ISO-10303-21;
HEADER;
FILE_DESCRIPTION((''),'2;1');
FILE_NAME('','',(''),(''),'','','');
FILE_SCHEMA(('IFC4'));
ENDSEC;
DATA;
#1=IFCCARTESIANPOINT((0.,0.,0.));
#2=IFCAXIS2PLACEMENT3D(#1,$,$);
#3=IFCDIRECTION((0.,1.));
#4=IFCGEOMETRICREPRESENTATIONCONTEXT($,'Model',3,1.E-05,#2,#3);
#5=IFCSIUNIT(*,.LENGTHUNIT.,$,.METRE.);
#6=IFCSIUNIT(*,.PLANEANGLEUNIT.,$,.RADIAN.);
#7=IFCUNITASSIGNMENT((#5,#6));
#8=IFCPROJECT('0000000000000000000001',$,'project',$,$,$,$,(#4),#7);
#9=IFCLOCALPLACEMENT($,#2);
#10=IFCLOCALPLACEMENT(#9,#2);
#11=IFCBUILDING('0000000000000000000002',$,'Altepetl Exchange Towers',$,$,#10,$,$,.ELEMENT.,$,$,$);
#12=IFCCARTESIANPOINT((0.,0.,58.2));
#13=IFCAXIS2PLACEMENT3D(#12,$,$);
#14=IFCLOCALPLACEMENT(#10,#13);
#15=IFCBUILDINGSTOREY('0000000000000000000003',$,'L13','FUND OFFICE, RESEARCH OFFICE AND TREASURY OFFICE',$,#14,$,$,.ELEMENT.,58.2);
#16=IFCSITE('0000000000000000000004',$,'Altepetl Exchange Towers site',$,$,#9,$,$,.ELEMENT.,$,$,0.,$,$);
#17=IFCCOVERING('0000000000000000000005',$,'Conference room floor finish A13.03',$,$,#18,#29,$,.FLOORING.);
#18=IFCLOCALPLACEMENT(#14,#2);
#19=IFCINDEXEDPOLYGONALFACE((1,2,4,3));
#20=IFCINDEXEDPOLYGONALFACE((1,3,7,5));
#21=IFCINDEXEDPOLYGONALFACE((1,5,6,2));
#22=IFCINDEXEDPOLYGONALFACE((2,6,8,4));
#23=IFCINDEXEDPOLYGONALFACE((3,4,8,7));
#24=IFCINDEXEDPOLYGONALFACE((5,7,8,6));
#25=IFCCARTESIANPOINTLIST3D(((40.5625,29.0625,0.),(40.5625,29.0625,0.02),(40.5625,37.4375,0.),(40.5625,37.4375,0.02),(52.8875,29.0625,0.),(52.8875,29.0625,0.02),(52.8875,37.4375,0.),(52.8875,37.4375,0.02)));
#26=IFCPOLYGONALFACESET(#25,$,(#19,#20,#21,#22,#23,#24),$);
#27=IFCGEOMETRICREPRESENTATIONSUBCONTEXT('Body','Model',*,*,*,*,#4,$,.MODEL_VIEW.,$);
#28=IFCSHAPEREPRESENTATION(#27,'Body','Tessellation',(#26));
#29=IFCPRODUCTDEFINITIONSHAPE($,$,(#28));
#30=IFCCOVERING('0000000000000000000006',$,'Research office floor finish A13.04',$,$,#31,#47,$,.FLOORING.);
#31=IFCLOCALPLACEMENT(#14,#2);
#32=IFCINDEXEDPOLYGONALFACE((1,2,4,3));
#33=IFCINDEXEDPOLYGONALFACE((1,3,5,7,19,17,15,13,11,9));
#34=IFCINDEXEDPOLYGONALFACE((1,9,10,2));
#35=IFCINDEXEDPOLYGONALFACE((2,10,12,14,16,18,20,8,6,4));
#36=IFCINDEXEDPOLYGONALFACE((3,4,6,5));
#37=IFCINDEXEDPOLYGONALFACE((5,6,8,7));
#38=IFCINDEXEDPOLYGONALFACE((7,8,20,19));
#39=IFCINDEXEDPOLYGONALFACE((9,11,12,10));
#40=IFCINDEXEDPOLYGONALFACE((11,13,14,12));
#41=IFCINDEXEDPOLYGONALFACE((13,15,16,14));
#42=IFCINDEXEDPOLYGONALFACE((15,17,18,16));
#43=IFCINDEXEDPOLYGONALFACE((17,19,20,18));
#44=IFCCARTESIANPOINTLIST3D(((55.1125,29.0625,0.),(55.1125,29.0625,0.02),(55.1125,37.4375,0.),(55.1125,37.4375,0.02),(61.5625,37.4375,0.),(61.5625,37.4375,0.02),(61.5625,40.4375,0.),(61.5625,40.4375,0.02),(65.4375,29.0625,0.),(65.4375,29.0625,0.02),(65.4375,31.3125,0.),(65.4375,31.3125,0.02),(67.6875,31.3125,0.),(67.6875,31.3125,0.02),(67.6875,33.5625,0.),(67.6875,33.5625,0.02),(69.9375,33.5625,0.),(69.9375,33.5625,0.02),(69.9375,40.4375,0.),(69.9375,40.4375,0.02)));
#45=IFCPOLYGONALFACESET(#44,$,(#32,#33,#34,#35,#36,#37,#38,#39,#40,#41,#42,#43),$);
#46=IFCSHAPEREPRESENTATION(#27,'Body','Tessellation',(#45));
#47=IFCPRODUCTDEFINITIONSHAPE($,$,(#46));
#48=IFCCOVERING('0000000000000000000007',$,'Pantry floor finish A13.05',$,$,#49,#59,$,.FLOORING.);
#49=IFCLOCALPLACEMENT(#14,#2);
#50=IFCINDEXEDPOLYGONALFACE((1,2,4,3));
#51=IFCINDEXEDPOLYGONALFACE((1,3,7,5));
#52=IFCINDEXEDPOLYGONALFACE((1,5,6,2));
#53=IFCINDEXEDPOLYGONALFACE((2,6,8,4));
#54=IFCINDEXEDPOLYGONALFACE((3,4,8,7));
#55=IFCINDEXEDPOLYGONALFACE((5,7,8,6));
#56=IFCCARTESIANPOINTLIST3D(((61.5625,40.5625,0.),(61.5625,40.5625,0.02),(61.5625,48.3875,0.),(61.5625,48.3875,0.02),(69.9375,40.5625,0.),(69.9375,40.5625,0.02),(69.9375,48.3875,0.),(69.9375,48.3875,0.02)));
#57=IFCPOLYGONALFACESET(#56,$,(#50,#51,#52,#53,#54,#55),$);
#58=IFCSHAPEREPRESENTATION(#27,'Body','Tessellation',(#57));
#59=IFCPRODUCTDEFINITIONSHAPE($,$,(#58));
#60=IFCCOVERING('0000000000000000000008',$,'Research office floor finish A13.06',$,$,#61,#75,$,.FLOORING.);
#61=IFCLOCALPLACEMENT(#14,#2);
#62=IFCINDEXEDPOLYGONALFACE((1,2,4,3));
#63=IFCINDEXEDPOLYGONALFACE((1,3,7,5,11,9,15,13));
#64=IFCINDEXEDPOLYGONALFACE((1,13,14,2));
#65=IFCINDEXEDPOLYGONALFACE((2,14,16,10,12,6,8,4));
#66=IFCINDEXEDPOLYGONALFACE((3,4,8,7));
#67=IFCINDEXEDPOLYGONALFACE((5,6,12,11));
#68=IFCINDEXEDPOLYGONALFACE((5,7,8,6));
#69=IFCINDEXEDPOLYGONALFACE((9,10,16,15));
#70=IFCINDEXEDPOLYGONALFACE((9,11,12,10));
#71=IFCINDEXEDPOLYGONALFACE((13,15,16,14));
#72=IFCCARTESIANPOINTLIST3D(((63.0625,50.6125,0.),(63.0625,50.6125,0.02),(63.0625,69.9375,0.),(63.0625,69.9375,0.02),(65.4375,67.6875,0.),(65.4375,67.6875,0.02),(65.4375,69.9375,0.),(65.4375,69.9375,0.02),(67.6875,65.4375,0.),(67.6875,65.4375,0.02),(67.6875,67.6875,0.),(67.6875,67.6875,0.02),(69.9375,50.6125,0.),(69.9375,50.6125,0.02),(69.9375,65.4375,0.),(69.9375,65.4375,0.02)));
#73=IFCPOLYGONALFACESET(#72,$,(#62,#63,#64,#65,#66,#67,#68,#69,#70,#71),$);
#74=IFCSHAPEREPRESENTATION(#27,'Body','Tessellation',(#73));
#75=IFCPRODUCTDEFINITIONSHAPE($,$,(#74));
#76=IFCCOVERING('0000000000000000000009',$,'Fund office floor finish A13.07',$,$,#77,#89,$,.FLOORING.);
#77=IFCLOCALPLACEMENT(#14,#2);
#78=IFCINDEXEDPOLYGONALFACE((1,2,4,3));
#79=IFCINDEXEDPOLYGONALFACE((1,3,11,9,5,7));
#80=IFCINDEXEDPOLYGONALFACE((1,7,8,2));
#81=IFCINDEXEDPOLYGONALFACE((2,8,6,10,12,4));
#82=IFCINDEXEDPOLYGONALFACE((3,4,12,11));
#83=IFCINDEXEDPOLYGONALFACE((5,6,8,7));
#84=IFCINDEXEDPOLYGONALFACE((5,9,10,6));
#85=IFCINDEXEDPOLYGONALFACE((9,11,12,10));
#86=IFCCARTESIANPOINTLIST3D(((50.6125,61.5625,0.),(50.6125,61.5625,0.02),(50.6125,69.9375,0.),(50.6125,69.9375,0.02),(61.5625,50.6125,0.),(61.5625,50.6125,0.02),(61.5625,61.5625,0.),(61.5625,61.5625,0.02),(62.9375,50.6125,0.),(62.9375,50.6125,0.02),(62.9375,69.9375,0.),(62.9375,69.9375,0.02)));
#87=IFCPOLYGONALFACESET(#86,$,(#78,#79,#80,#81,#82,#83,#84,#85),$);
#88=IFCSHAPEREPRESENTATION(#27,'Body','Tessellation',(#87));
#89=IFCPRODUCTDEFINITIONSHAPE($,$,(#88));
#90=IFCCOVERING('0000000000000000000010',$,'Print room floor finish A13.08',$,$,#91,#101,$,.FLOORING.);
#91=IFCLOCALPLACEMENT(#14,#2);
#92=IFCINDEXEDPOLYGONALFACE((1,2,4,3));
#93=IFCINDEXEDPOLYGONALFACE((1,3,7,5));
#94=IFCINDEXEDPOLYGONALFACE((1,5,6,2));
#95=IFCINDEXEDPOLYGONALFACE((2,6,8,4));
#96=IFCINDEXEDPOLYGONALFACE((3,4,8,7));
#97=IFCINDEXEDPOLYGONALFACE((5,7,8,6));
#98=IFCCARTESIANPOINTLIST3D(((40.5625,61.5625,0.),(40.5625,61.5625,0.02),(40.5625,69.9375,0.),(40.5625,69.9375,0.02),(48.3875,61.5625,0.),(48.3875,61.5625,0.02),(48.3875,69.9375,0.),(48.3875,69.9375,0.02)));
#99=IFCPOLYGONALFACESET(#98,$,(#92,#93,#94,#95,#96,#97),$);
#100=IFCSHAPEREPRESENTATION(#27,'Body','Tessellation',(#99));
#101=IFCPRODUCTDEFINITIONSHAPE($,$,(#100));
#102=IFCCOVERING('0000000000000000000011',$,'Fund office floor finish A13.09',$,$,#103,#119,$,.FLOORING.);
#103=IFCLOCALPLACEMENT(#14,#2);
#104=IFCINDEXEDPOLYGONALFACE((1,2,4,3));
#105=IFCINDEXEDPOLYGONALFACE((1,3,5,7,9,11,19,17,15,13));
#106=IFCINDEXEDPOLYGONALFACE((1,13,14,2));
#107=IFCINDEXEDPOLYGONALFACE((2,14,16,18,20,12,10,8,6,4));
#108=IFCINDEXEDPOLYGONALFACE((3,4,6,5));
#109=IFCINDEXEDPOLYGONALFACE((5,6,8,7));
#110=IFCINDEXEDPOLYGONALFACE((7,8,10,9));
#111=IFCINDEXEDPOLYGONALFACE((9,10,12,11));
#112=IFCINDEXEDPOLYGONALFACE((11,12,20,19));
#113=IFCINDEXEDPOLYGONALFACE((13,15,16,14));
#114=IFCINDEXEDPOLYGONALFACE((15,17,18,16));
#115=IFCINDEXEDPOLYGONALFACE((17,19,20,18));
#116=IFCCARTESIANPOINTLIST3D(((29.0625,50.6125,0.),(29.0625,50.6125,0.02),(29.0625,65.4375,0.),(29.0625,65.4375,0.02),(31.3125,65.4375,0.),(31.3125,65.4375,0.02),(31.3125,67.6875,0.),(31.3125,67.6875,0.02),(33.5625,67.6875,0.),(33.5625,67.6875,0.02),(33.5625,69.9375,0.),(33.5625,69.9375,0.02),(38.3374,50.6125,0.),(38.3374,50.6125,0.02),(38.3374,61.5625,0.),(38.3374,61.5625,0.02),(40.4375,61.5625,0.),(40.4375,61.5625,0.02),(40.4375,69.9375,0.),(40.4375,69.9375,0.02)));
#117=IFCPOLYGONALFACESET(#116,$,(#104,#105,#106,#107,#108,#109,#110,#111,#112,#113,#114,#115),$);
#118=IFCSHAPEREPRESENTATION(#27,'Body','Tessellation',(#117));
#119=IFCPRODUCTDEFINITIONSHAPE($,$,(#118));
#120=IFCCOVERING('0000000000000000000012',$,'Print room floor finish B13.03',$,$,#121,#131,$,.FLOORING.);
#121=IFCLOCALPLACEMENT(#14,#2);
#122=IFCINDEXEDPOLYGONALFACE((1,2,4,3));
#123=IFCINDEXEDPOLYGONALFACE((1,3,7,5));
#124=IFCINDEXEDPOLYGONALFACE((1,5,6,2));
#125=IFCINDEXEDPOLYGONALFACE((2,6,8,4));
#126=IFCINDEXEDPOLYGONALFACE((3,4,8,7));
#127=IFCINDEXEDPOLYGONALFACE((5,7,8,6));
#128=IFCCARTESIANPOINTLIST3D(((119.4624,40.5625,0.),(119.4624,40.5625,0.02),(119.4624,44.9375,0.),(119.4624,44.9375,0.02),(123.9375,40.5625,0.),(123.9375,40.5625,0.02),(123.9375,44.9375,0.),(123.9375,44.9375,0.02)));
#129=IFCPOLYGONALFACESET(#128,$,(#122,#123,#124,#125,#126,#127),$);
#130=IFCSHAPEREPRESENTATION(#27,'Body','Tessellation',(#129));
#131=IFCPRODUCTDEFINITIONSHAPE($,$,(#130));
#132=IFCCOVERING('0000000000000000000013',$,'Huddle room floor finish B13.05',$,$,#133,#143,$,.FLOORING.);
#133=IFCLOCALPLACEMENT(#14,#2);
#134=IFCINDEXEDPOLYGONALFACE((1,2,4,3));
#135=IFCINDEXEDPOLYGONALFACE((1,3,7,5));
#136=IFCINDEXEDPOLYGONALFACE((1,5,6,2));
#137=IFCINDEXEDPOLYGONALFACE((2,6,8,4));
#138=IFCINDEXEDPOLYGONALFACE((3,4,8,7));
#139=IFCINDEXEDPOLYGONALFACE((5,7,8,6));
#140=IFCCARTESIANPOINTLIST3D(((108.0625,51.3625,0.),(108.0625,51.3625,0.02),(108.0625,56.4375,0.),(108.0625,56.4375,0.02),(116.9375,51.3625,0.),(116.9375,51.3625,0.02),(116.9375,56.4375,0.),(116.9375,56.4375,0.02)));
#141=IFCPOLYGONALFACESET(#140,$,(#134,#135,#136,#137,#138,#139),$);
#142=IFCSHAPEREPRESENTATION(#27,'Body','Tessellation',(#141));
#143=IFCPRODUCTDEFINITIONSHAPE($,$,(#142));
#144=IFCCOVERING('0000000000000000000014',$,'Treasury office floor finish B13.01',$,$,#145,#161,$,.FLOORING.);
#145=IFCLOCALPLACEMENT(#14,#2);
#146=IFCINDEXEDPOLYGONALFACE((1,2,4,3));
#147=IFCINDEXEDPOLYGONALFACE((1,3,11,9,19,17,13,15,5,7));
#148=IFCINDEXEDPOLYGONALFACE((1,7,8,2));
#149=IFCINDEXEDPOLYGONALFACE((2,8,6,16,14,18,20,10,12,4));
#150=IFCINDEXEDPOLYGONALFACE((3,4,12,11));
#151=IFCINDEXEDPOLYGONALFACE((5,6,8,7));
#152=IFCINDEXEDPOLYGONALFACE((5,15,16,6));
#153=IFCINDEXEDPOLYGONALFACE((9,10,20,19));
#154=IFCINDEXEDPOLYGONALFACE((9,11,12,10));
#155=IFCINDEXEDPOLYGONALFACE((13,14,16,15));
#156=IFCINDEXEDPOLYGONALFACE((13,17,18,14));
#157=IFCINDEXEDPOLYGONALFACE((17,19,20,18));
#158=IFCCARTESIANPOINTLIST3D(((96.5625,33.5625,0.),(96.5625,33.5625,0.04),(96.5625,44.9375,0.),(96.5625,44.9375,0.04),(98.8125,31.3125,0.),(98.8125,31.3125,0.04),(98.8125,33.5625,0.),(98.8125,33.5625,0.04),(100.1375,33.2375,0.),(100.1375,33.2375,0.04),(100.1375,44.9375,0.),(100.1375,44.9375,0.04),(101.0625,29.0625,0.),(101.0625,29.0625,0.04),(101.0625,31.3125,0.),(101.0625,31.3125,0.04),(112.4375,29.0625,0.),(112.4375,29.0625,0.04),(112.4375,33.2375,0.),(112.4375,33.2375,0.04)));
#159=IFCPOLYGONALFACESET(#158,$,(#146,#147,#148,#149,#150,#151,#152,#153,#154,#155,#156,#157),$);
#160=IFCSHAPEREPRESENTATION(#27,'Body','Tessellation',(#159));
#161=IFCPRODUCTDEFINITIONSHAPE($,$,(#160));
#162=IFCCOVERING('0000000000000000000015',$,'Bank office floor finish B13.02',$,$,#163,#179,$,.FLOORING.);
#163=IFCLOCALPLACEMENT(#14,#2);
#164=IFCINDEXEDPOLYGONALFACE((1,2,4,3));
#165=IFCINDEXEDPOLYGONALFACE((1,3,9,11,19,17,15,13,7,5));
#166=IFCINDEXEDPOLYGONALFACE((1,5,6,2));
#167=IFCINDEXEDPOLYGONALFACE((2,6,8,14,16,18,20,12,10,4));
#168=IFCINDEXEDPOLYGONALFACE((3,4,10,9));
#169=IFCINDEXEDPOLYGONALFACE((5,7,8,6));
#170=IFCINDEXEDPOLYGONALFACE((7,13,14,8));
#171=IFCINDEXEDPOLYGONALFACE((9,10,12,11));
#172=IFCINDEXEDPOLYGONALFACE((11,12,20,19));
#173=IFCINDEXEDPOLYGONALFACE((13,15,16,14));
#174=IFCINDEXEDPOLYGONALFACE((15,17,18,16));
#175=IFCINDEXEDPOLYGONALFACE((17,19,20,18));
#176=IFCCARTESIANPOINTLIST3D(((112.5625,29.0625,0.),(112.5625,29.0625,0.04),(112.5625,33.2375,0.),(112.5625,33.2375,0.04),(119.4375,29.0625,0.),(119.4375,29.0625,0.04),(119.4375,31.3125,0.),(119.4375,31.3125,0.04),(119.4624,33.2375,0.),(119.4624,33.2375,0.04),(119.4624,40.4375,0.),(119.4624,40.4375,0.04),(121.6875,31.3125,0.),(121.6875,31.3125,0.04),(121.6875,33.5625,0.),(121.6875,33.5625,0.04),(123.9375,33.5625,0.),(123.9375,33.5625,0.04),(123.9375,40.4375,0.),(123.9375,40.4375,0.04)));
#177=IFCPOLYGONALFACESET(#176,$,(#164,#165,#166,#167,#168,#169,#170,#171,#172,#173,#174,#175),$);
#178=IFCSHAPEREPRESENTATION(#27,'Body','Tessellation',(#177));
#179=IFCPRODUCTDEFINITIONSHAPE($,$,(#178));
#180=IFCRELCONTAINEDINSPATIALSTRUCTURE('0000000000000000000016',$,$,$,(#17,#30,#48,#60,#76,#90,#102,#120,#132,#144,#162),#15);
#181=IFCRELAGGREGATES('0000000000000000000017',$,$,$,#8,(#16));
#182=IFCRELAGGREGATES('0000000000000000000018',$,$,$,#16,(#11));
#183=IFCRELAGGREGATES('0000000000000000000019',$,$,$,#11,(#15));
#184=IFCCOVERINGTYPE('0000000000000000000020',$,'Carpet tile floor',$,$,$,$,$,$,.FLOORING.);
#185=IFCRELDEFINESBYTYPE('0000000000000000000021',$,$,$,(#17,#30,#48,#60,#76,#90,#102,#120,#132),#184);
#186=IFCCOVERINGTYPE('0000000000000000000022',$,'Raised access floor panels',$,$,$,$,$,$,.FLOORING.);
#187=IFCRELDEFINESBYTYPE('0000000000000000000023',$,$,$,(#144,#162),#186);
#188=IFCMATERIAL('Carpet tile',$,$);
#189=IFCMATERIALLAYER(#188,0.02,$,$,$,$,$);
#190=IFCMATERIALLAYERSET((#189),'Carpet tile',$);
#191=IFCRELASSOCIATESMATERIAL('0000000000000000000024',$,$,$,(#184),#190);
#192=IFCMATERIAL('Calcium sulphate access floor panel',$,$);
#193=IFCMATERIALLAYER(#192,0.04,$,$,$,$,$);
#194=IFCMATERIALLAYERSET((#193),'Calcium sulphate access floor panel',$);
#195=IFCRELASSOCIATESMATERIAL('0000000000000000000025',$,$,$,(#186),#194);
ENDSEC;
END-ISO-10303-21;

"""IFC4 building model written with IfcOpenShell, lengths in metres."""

from ifc_helpers import new_model, si_unit, direction, frame, origin, place, context, subcontext, project, spatial, polyline, outline, extrude, material, layer, layer_set, type_object, element, save


model = new_model("IFC4")

# Units and contexts
model_context = context("Model", 3, precision=1e-05, world=origin(), true_north=direction((0.0, 1.0)))
body_context = subcontext(model_context, "Body", "Model", "MODEL_VIEW")
ifc_project = project(units=[si_unit("LENGTHUNIT", "METRE"), si_unit("PLANEANGLEUNIT", "RADIAN")], contexts=[model_context])

# Site, building, storey
site_placement = place(None, origin())
site = spatial("IfcSite", under=ifc_project, at=site_placement, Name="Altepetl Exchange Towers site", CompositionType="ELEMENT", RefElevation=0.0)
building_placement = place(site_placement, origin())
building = spatial("IfcBuilding", under=site, at=building_placement, Name="Altepetl Exchange Towers", CompositionType="ELEMENT")
storey_placement = place(building_placement, frame((0.0, 0.0, 58.2)))
storey = spatial("IfcBuildingStorey", under=building, at=storey_placement, Name="L13", Description="FUND OFFICE, RESEARCH OFFICE AND TREASURY OFFICE", CompositionType="ELEMENT", Elevation=58.2)

# Coverings
ifc_material_1 = material(Name="Carpet tile")
ifc_layer_1 = layer(ifc_material_1, 0.02)
ifc_layer_set_1 = layer_set([ifc_layer_1], Name="Carpet tile")
covering_type_1 = type_object("IfcCoveringType", Name="Carpet tile floor", PredefinedType="FLOORING", material=ifc_layer_set_1)
covering_1_placement = place(storey_placement, origin())
element("IfcCovering", 1, at=covering_1_placement, inside=storey, type_object=covering_type_1, Name="Conference room floor finish A13.03", PredefinedType="FLOORING", context=body_context, shape_type="SweptSolid", body=[
    extrude(outline(polyline([(40.5625, 37.4375), (40.5625, 29.0625), (52.8875, 29.0625), (52.8875, 37.4375), (40.5625, 37.4375)])), origin(), (0.0, 0.0, 1.0), 0.02),
])
covering_2_placement = place(storey_placement, origin())
element("IfcCovering", 2, at=covering_2_placement, inside=storey, type_object=covering_type_1, Name="Research office floor finish A13.04", PredefinedType="FLOORING", context=body_context, shape_type="SweptSolid", body=[
    extrude(outline(polyline([(67.6875, 31.3125), (67.6875, 33.5625), (69.9375, 33.5625), (69.9375, 40.4375), (61.5625, 40.4375), (61.5625, 37.4375), (55.1125, 37.4375), (55.1125, 29.0625), (65.4375, 29.0625), (65.4375, 31.3125), (67.6875, 31.3125)])), origin(), (0.0, 0.0, 1.0), 0.02),
])
covering_3_placement = place(storey_placement, origin())
element("IfcCovering", 3, at=covering_3_placement, inside=storey, type_object=covering_type_1, Name="Pantry floor finish A13.05", PredefinedType="FLOORING", context=body_context, shape_type="SweptSolid", body=[
    extrude(outline(polyline([(61.5625, 40.5625), (69.9375, 40.5625), (69.9375, 48.3875), (61.5625, 48.3875), (61.5625, 40.5625)])), origin(), (0.0, 0.0, 1.0), 0.02),
])
covering_4_placement = place(storey_placement, origin())
element("IfcCovering", 4, at=covering_4_placement, inside=storey, type_object=covering_type_1, Name="Research office floor finish A13.06", PredefinedType="FLOORING", context=body_context, shape_type="SweptSolid", body=[
    extrude(outline(polyline([(67.6875, 67.6875), (65.4375, 67.6875), (65.4375, 69.9375), (63.0625, 69.9375), (63.0625, 50.6125), (69.9375, 50.6125), (69.9375, 65.4375), (67.6875, 65.4375), (67.6875, 67.6875)])), origin(), (0.0, 0.0, 1.0), 0.02),
])
covering_5_placement = place(storey_placement, origin())
element("IfcCovering", 5, at=covering_5_placement, inside=storey, type_object=covering_type_1, Name="Fund office floor finish A13.07", PredefinedType="FLOORING", context=body_context, shape_type="SweptSolid", body=[
    extrude(outline(polyline([(62.9375, 50.6125), (62.9375, 69.9375), (50.6125, 69.9375), (50.6125, 61.5625), (61.5625, 61.5625), (61.5625, 50.6125), (62.9375, 50.6125)])), origin(), (0.0, 0.0, 1.0), 0.02),
])
covering_6_placement = place(storey_placement, origin())
element("IfcCovering", 6, at=covering_6_placement, inside=storey, type_object=covering_type_1, Name="Print room floor finish A13.08", PredefinedType="FLOORING", context=body_context, shape_type="SweptSolid", body=[
    extrude(outline(polyline([(48.3875, 69.9375), (40.5625, 69.9375), (40.5625, 61.5625), (48.3875, 61.5625), (48.3875, 69.9375)])), origin(), (0.0, 0.0, 1.0), 0.02),
])
covering_7_placement = place(storey_placement, origin())
element("IfcCovering", 7, at=covering_7_placement, inside=storey, type_object=covering_type_1, Name="Fund office floor finish A13.09", PredefinedType="FLOORING", context=body_context, shape_type="SweptSolid", body=[
    extrude(outline(polyline([(40.4375, 61.5625), (40.4375, 69.9375), (33.5625, 69.9375), (33.5625, 67.6875), (31.3125, 67.6875), (31.3125, 65.4375), (29.0625, 65.4375), (29.0625, 50.6125), (38.3374, 50.6125), (38.3374, 61.5625), (40.4375, 61.5625)])), origin(), (0.0, 0.0, 1.0), 0.02),
])
covering_8_placement = place(storey_placement, origin())
element("IfcCovering", 8, at=covering_8_placement, inside=storey, type_object=covering_type_1, Name="Print room floor finish B13.03", PredefinedType="FLOORING", context=body_context, shape_type="SweptSolid", body=[
    extrude(outline(polyline([(123.9375, 44.9375), (119.4624, 44.9375), (119.4624, 40.5625), (123.9375, 40.5625), (123.9375, 44.9375)])), origin(), (0.0, 0.0, 1.0), 0.02),
])
covering_9_placement = place(storey_placement, origin())
element("IfcCovering", 9, at=covering_9_placement, inside=storey, type_object=covering_type_1, Name="Huddle room floor finish B13.05", PredefinedType="FLOORING", context=body_context, shape_type="SweptSolid", body=[
    extrude(outline(polyline([(108.0625, 56.4375), (108.0625, 51.3625), (116.9375, 51.3625), (116.9375, 56.4375), (108.0625, 56.4375)])), origin(), (0.0, 0.0, 1.0), 0.02),
])
ifc_material_2 = material(Name="Calcium sulphate access floor panel")
ifc_layer_2 = layer(ifc_material_2, 0.04)
ifc_layer_set_2 = layer_set([ifc_layer_2], Name="Calcium sulphate access floor panel")
covering_type_2 = type_object("IfcCoveringType", Name="Raised access floor panels", PredefinedType="FLOORING", material=ifc_layer_set_2)
covering_10_placement = place(storey_placement, origin())
element("IfcCovering", 10, at=covering_10_placement, inside=storey, type_object=covering_type_2, Name="Treasury office floor finish B13.01", PredefinedType="FLOORING", context=body_context, shape_type="SweptSolid", body=[
    extrude(outline(polyline([(112.4375, 29.0625), (112.4375, 33.2375), (100.1375, 33.2375), (100.1375, 44.9375), (96.5625, 44.9375), (96.5625, 33.5625), (98.8125, 33.5625), (98.8125, 31.3125), (101.0625, 31.3125), (101.0625, 29.0625), (112.4375, 29.0625)])), origin(), (0.0, 0.0, 1.0), 0.04),
])
covering_11_placement = place(storey_placement, origin())
element("IfcCovering", 11, at=covering_11_placement, inside=storey, type_object=covering_type_2, Name="Bank office floor finish B13.02", PredefinedType="FLOORING", context=body_context, shape_type="SweptSolid", body=[
    extrude(outline(polyline([(123.9375, 40.4375), (119.4624, 40.4375), (119.4624, 33.2375), (112.5625, 33.2375), (112.5625, 29.0625), (119.4375, 29.0625), (119.4375, 31.3125), (121.6875, 31.3125), (121.6875, 33.5625), (123.9375, 33.5625), (123.9375, 40.4375)])), origin(), (0.0, 0.0, 1.0), 0.04),
])

save(model, "model.ifc")
